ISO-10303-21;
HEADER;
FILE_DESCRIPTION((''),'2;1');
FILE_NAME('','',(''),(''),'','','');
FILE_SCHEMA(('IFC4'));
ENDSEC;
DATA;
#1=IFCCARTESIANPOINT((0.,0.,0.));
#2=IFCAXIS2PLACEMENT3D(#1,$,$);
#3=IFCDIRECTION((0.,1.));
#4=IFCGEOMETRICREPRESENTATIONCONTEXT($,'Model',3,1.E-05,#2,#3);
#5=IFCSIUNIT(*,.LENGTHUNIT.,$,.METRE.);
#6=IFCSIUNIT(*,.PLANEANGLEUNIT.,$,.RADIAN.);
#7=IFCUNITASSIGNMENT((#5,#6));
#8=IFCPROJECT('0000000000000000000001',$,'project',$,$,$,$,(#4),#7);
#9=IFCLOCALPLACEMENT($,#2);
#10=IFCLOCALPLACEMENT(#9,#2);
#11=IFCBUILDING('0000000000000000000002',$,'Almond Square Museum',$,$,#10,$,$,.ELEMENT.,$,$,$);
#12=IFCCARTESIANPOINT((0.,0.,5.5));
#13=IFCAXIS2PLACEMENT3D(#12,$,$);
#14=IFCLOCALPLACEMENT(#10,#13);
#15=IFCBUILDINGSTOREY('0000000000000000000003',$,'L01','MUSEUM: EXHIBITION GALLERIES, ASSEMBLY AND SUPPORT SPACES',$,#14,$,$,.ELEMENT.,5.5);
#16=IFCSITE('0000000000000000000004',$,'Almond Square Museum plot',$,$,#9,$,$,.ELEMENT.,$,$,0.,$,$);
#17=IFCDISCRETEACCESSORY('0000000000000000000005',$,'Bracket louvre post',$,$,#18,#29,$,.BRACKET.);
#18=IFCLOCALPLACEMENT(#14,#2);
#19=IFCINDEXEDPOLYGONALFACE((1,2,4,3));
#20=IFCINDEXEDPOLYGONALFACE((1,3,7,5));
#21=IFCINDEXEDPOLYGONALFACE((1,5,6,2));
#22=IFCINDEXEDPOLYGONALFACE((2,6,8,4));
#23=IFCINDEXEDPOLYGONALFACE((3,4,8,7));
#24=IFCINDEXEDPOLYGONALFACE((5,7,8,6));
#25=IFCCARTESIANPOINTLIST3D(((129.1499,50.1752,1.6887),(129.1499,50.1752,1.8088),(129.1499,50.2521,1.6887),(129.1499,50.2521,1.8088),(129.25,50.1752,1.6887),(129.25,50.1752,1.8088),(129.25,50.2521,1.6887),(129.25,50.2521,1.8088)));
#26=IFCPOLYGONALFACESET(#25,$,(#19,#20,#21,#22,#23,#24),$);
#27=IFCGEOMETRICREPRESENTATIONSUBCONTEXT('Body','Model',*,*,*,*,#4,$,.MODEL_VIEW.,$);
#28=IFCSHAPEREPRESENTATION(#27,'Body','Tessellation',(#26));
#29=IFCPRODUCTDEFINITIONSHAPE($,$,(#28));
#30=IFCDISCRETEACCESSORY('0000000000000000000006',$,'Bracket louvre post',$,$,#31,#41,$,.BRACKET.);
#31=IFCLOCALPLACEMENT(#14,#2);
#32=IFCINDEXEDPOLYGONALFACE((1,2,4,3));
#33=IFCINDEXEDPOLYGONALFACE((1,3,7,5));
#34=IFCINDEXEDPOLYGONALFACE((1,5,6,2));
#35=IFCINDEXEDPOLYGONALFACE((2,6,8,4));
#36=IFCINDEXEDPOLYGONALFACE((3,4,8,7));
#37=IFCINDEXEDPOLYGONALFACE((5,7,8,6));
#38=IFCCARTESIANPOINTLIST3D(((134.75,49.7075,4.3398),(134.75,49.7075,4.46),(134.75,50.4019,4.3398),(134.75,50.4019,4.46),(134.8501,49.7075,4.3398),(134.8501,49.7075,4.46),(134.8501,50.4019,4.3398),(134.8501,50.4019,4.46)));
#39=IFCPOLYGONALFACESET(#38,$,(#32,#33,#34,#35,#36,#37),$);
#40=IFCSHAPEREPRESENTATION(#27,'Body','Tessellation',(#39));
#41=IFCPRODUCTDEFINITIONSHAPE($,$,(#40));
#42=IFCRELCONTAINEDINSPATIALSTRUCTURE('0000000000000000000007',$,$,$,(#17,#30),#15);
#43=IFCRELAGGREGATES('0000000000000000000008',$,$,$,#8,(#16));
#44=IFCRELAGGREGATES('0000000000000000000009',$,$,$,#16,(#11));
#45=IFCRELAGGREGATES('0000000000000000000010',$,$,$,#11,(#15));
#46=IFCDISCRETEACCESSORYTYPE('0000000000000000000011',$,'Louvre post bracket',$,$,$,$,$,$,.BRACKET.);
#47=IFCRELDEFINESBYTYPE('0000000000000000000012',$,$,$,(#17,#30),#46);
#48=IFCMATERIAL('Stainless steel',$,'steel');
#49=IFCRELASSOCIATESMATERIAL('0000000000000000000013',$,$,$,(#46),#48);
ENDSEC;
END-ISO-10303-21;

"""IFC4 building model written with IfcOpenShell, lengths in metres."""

from ifc_helpers import new_model, si_unit, direction, frame, origin, origin_2d, place, context, subcontext, project, spatial, rectangle, extrude, material, type_object, element, save


model = new_model("IFC4")

# Units and contexts
model_context = context("Model", 3, precision=1e-05, world=origin(), true_north=direction((0.0, 1.0)))
body_context = subcontext(model_context, "Body", "Model", "MODEL_VIEW")
ifc_project = project(units=[si_unit("LENGTHUNIT", "METRE"), si_unit("PLANEANGLEUNIT", "RADIAN")], contexts=[model_context])

# Site, building, storey
site_placement = place(None, origin())
site = spatial("IfcSite", under=ifc_project, at=site_placement, Name="Almond Square Museum plot", CompositionType="ELEMENT", RefElevation=0.0)
building_placement = place(site_placement, origin())
building = spatial("IfcBuilding", under=site, at=building_placement, Name="Almond Square Museum", CompositionType="ELEMENT")
storey_placement = place(building_placement, frame((0.0, 0.0, 5.5)))
storey = spatial("IfcBuildingStorey", under=building, at=storey_placement, Name="L01", Description="MUSEUM: EXHIBITION GALLERIES, ASSEMBLY AND SUPPORT SPACES", CompositionType="ELEMENT", Elevation=5.5)

# Discrete accessories
ifc_material_1 = material(Name="Stainless steel", Category="steel")
discrete_accessory_type = type_object("IfcDiscreteAccessoryType", Name="Louvre post bracket", PredefinedType="BRACKET", material=ifc_material_1)
for number, where, z_axis, x_axis, name in (
    (1, (129.2, 50.2136, 1.6887), (0.0, 0.0, 1.0), (1.0, 0.0, 0.0), "Bracket louvre post"),
):
    element("IfcDiscreteAccessory", number, at=place(storey_placement, frame(where, z_axis=z_axis, x_axis=x_axis)), inside=storey, type_object=discrete_accessory_type, Name=name, PredefinedType="BRACKET", context=body_context, shape_type="SweptSolid", body=[
        extrude(rectangle(XDim=0.1001, YDim=0.0769, at=origin_2d()), origin(), (0.0, 0.0, 1.0), 0.1201),
    ])
discrete_accessory_placement = place(storey_placement, frame((134.8, 50.0547, 4.3398), z_axis=(0.0, 0.0, 1.0), x_axis=(1.0, 0.0, 0.0)))
element("IfcDiscreteAccessory", 2, at=discrete_accessory_placement, inside=storey, type_object=discrete_accessory_type, Name="Bracket louvre post", PredefinedType="BRACKET", context=body_context, shape_type="SweptSolid", body=[
    extrude(rectangle(XDim=0.1001, YDim=0.6943, at=origin_2d()), origin(), (0.0, 0.0, 1.0), 0.1201),
])

save(model, "model.ifc")
